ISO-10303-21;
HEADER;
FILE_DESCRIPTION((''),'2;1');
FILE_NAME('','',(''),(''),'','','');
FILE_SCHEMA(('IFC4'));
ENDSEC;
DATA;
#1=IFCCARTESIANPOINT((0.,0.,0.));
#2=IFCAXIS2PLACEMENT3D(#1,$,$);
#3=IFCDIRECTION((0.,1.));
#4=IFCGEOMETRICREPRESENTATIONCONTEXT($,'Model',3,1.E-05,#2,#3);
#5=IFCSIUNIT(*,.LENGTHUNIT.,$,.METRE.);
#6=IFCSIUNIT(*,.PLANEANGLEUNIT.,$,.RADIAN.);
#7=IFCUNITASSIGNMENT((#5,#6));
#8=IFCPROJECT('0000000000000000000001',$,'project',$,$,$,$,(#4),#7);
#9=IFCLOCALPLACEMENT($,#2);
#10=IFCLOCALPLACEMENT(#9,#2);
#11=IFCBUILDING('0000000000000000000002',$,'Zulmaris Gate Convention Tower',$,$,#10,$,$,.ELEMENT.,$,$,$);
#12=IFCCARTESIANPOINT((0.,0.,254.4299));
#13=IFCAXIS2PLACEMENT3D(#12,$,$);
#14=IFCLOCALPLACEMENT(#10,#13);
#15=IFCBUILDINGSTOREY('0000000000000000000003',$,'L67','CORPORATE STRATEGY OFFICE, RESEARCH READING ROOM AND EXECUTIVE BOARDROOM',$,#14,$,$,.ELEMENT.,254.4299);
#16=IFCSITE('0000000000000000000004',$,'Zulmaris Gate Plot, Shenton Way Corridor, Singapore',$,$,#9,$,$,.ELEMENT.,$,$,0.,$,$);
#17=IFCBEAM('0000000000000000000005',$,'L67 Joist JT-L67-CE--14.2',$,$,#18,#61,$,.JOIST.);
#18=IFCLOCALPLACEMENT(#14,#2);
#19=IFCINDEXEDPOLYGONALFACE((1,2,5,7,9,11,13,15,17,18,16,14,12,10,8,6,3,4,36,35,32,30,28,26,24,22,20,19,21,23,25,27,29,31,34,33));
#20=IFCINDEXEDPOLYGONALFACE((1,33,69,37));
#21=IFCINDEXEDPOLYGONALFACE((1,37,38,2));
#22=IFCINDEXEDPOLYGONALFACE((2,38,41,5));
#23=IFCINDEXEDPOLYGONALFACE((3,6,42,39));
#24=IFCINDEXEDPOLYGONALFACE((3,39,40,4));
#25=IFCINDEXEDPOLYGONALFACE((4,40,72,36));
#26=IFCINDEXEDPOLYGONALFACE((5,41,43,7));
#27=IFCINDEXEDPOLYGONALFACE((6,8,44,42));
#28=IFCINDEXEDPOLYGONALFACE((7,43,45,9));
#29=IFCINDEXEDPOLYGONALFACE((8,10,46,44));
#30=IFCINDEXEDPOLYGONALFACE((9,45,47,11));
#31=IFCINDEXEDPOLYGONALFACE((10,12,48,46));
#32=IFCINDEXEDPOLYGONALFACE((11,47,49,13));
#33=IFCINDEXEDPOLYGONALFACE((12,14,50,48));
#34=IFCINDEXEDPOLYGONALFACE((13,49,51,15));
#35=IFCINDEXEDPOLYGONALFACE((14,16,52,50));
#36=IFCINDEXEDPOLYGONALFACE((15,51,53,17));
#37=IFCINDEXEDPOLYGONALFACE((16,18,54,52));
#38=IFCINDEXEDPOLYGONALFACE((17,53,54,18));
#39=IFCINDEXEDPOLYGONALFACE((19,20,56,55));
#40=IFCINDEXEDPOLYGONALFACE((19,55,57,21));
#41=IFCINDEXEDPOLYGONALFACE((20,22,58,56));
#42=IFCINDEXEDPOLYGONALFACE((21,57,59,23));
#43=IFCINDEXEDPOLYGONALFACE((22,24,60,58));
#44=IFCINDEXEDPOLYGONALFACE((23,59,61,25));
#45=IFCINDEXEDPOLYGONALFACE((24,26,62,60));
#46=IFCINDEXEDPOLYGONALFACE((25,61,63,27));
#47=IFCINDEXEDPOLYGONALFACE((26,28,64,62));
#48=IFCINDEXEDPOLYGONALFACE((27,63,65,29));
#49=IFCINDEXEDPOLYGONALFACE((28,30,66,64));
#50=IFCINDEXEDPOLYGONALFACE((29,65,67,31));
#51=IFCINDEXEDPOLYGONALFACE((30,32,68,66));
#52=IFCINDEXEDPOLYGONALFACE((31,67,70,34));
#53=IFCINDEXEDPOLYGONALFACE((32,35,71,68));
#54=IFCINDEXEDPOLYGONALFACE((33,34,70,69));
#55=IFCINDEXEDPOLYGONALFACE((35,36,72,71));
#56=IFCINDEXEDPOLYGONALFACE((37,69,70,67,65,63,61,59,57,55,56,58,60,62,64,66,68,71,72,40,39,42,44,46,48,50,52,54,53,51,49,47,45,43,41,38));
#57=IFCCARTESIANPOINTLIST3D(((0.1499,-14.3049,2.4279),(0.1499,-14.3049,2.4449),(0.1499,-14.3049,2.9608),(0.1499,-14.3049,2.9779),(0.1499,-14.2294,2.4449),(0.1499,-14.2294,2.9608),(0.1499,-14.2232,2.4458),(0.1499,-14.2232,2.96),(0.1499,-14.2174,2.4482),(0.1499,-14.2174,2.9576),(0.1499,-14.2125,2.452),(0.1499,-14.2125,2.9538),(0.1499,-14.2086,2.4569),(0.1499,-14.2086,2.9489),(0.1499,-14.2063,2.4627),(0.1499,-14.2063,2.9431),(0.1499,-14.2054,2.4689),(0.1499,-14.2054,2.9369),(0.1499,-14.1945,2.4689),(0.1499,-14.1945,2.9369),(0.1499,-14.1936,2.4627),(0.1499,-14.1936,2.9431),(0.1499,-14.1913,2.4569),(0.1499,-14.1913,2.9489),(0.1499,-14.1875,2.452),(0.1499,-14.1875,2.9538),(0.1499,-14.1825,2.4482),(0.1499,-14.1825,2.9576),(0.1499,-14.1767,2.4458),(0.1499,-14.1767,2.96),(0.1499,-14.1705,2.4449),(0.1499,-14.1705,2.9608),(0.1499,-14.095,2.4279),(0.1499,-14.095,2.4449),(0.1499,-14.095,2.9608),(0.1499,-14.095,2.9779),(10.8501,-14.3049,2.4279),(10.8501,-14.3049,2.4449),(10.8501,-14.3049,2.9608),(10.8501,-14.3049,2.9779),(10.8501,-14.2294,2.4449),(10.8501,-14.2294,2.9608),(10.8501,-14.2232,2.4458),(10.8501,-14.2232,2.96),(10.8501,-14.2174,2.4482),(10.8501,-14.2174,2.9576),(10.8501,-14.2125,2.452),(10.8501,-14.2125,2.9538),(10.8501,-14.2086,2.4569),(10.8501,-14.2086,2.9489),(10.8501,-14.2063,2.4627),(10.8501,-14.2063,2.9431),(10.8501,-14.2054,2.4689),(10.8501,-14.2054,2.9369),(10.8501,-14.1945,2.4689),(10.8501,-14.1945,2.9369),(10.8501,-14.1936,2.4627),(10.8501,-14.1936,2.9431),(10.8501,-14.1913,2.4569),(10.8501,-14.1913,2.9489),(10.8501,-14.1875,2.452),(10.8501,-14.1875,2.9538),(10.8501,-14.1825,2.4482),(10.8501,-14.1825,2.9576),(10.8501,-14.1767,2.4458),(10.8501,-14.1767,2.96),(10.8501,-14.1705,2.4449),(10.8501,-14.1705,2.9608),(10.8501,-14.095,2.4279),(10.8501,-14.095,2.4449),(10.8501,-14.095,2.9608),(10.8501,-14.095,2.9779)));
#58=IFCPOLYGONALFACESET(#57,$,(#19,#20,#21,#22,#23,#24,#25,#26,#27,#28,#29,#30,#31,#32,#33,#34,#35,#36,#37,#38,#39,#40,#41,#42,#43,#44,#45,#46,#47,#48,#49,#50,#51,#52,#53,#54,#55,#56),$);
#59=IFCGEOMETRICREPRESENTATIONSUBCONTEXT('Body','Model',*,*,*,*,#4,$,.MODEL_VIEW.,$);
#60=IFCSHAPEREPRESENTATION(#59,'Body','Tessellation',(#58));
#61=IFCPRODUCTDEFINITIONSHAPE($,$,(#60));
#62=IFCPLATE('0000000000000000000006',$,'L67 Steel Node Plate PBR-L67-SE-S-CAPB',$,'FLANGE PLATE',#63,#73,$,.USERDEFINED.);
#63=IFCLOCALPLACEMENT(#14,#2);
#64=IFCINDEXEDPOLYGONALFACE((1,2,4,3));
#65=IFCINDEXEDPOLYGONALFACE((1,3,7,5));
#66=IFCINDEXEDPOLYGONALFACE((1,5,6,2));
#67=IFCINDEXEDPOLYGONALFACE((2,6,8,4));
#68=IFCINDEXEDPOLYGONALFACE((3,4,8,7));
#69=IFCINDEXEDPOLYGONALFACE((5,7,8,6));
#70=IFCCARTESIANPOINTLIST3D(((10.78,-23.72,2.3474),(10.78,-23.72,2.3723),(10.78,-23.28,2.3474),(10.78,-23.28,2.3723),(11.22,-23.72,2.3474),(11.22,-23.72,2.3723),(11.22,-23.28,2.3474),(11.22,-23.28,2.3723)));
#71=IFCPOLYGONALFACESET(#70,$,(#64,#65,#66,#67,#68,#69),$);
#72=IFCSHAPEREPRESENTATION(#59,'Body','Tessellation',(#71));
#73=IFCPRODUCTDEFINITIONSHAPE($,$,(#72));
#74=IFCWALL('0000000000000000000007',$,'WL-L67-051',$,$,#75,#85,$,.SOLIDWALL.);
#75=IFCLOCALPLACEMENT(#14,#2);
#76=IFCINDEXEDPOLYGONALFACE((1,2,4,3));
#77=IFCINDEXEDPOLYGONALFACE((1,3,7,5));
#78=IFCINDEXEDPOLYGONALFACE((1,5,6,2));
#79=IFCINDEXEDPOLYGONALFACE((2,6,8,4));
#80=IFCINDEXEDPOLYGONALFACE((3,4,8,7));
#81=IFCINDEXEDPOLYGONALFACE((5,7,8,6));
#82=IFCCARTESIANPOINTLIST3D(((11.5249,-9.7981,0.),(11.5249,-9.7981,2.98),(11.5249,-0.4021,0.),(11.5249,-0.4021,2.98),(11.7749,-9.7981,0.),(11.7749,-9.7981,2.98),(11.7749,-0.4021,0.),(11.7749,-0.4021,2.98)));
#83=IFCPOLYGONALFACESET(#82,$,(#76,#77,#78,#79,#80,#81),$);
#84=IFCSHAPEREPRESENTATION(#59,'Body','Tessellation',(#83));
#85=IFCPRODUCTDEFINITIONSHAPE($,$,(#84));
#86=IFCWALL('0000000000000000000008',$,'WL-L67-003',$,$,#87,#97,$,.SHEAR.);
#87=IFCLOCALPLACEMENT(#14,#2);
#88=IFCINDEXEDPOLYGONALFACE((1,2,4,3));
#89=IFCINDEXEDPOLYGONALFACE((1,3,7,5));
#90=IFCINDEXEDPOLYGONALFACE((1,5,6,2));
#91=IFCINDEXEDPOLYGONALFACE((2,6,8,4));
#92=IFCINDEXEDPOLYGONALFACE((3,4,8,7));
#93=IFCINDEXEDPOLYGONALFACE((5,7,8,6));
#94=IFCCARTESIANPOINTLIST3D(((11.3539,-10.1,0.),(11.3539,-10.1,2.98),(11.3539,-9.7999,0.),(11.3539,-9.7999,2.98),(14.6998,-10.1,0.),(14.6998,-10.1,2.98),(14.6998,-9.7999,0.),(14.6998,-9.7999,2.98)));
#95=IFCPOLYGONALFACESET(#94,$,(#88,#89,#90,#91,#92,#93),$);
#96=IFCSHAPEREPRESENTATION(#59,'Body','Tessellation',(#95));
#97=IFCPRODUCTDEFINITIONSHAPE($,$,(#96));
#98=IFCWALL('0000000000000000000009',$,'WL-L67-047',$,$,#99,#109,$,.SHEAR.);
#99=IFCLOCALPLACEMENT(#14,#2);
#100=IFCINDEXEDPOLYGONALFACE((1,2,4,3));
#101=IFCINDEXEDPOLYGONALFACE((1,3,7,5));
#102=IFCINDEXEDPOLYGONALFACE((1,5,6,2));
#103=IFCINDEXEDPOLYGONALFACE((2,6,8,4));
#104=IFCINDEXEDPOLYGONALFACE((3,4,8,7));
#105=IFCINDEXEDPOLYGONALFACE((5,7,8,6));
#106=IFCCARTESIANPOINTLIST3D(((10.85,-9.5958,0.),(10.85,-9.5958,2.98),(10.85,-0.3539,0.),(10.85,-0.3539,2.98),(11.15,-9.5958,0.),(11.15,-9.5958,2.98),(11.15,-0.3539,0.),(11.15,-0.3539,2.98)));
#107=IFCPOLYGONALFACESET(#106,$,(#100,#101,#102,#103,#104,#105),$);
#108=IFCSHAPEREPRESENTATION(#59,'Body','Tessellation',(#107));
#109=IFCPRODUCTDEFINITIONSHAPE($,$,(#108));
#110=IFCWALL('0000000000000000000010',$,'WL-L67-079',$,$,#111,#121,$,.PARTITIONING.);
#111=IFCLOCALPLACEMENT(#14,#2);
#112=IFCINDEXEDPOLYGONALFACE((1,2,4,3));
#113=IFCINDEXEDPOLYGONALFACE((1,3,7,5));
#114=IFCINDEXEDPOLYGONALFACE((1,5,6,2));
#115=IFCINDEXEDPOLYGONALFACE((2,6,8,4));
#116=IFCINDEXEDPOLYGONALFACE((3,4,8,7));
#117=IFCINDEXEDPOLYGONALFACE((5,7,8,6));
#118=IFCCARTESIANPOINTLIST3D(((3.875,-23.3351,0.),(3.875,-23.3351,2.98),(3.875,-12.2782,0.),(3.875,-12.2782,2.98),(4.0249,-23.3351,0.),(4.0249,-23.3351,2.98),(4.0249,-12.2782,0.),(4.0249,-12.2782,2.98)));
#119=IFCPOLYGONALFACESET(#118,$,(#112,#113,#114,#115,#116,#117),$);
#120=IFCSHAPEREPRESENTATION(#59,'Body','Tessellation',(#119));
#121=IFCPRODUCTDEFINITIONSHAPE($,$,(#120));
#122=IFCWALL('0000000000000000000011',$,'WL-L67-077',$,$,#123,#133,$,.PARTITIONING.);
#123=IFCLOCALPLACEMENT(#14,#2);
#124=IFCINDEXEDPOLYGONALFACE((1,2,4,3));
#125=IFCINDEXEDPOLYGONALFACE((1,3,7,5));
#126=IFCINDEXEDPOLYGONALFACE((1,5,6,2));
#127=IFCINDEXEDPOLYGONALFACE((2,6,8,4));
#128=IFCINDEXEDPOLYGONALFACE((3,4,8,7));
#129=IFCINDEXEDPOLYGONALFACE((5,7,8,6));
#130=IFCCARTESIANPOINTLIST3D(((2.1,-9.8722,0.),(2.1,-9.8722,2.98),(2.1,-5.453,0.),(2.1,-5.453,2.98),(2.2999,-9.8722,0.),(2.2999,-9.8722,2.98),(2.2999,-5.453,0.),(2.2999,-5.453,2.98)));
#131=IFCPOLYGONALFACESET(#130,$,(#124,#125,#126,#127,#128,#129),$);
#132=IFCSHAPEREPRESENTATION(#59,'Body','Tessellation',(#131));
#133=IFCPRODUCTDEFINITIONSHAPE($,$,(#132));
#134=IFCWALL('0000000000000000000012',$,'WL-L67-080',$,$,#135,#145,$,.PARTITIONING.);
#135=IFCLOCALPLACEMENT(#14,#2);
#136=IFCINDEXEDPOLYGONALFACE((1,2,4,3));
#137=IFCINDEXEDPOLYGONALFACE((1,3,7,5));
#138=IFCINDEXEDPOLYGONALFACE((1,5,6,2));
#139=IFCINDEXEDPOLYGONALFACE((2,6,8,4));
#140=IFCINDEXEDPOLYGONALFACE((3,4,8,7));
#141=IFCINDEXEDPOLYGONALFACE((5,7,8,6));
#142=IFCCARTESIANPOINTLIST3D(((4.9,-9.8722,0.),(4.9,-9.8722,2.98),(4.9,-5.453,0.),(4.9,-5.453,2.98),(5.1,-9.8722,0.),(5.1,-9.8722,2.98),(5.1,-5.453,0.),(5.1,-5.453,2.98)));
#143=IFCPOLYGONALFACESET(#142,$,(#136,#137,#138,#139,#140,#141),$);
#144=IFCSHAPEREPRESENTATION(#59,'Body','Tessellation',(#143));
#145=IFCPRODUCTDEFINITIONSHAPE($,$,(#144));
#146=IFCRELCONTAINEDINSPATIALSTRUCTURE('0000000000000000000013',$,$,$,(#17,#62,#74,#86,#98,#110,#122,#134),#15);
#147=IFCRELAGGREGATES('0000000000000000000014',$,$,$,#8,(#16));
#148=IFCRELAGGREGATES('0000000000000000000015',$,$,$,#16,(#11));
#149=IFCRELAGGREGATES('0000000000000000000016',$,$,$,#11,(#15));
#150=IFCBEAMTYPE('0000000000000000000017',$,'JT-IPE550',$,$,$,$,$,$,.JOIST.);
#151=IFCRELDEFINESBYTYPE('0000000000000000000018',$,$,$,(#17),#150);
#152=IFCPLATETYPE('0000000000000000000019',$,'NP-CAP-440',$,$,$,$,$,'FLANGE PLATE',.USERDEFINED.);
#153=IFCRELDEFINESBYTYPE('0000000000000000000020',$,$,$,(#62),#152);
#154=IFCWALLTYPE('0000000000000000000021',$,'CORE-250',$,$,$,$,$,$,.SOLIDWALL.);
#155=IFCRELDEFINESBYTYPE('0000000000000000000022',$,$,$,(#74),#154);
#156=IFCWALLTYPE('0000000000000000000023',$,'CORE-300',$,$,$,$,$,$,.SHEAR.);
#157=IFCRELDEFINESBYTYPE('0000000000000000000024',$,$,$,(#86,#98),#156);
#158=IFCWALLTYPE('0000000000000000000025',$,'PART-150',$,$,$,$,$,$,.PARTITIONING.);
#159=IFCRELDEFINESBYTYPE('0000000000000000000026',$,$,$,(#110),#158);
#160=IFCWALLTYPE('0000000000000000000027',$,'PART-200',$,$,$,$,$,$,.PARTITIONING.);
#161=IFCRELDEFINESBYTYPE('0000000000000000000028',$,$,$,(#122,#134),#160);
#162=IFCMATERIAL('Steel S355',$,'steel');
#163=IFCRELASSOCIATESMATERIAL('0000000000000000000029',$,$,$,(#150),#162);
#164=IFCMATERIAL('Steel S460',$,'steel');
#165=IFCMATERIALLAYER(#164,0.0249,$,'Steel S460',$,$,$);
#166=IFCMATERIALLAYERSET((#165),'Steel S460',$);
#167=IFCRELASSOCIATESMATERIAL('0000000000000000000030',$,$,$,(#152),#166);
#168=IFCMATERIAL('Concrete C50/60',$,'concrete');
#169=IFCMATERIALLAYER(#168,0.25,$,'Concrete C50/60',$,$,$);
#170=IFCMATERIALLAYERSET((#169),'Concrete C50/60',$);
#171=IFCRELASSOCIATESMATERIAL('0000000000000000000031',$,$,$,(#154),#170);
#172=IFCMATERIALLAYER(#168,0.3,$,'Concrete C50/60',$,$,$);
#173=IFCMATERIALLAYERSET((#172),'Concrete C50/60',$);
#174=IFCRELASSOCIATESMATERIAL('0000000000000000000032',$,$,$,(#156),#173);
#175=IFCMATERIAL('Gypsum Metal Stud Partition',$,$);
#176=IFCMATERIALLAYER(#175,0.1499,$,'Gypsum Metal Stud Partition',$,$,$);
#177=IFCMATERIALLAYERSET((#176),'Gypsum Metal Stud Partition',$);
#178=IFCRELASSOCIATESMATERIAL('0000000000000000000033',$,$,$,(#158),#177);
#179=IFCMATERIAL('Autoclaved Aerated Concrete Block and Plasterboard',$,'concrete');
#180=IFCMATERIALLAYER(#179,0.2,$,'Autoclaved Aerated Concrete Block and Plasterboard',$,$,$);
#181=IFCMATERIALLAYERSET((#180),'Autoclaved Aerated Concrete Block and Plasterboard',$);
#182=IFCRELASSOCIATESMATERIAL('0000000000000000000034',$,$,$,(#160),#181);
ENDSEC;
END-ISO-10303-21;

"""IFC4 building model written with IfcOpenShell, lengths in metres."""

from ifc_helpers import new_model, si_unit, direction, frame, frame_2d, origin, origin_2d, place, context, subcontext, project, spatial, rectangle, i_section, extrude, material, layer, layer_set, material_profile, profile_set, type_object, element, save


model = new_model("IFC4")

# Units and contexts
model_context = context("Model", 3, precision=1e-05, world=origin(), true_north=direction((0.0, 1.0)))
body_context = subcontext(model_context, "Body", "Model", "MODEL_VIEW")
ifc_project = project(units=[si_unit("LENGTHUNIT", "METRE"), si_unit("PLANEANGLEUNIT", "RADIAN")], contexts=[model_context])

# Site, building, storey
site_placement = place(None, origin())
site = spatial("IfcSite", under=ifc_project, at=site_placement, Name="Zulmaris Gate Plot, Shenton Way Corridor, Singapore", CompositionType="ELEMENT", RefElevation=0.0)
building_placement = place(site_placement, origin())
building = spatial("IfcBuilding", under=site, at=building_placement, Name="Zulmaris Gate Convention Tower", CompositionType="ELEMENT")
storey_placement = place(building_placement, frame((0.0, 0.0, 254.4299)))
storey = spatial("IfcBuildingStorey", under=building, at=storey_placement, Name="L67", Description="CORPORATE STRATEGY OFFICE, RESEARCH READING ROOM AND EXECUTIVE BOARDROOM", CompositionType="ELEMENT", Elevation=254.4299)

# Shared definitions
ifc_material_1 = material(Name="Concrete C50/60", Category="concrete")

# Beam
ifc_material_2 = material(Name="Steel S355", Category="steel")
ifc_material_profile_1 = material_profile(ifc_material_2, i_section(OverallWidth=0.21, OverallDepth=0.55, WebThickness=0.011, FlangeThickness=0.0171, FilletRadius=0.0239, at=origin_2d()), Name="IPE 550")
ifc_profile_set_1 = profile_set([ifc_material_profile_1], Name="Steel S355")
beam_type_1 = type_object("IfcBeamType", Name="JT-IPE550", PredefinedType="JOIST", material=ifc_profile_set_1)
for number, where, z_axis, x_axis, name in (
    (1, (0.1499, -14.2, 2.7029), (1.0, 0.0, 0.0), (0.0, 1.0, 0.0), "L67 Joist JT-L67-CE--14.2"),
):
    element("IfcBeam", number, at=place(storey_placement, frame(where, z_axis=z_axis, x_axis=x_axis)), inside=storey, type_object=beam_type_1, Name=name, PredefinedType="JOIST", context=body_context, shape_type="SweptSolid", body=[
        extrude(i_section(OverallWidth=0.21, OverallDepth=0.55, WebThickness=0.011, FlangeThickness=0.0171, FilletRadius=0.0239, at=origin_2d()), origin(), (0.0, 0.0, 1.0), 10.7002),
    ])

# Plate
ifc_material_3 = material(Name="Steel S460", Category="steel")
ifc_layer_1 = layer(ifc_material_3, 0.0249, Name="Steel S460")
ifc_layer_set_1 = layer_set([ifc_layer_1], Name="Steel S460")
plate_type = type_object("IfcPlateType", Name="NP-CAP-440", ElementType="FLANGE PLATE", PredefinedType="USERDEFINED", material=ifc_layer_set_1)
plate_placement = place(storey_placement, frame((11.0, -23.5, 2.3474), z_axis=(0.0, 0.0, 1.0), x_axis=(1.0, 0.0, 0.0)))
element("IfcPlate", 2, at=plate_placement, inside=storey, type_object=plate_type, Name="L67 Steel Node Plate PBR-L67-SE-S-CAPB", ObjectType="FLANGE PLATE", PredefinedType="USERDEFINED", context=body_context, shape_type="SweptSolid", body=[
    extrude(rectangle(XDim=0.4399, YDim=0.4399, at=origin_2d()), origin(), (0.0, 0.0, 1.0), 0.0249),
])

# Walls
ifc_layer_2 = layer(ifc_material_1, 0.25, Name="Concrete C50/60")
ifc_layer_set_2 = layer_set([ifc_layer_2], Name="Concrete C50/60")
wall_type_1 = type_object("IfcWallType", Name="CORE-250", PredefinedType="SOLIDWALL", material=ifc_layer_set_2)
wall_1_placement = place(storey_placement, frame((11.6499, -9.7981, 0.0), z_axis=(0.0, 0.0, 1.0), x_axis=(0.0, 1.0, 0.0)))
element("IfcWall", 3, at=wall_1_placement, inside=storey, type_object=wall_type_1, Name="WL-L67-051", PredefinedType="SOLIDWALL", context=body_context, shape_type="SweptSolid", body=[
    extrude(rectangle(XDim=9.396, YDim=0.25, at=frame_2d((4.698, 0.0))), origin(), (0.0, 0.0, 1.0), 2.98),
])
ifc_layer_3 = layer(ifc_material_1, 0.3, Name="Concrete C50/60")
ifc_layer_set_3 = layer_set([ifc_layer_3], Name="Concrete C50/60")
wall_type_2 = type_object("IfcWallType", Name="CORE-300", PredefinedType="SHEAR", material=ifc_layer_set_3)
wall_2_placement = place(storey_placement, frame((11.354, -9.95, 0.0), z_axis=(0.0, 0.0, 1.0), x_axis=(1.0, 0.0, 0.0)))
element("IfcWall", 4, at=wall_2_placement, inside=storey, type_object=wall_type_2, Name="WL-L67-003", PredefinedType="SHEAR", context=body_context, shape_type="SweptSolid", body=[
    extrude(rectangle(XDim=3.3459, YDim=0.3, at=frame_2d((1.6729, 0.0))), origin(), (0.0, 0.0, 1.0), 2.98),
])
wall_3_placement = place(storey_placement, frame((11.0, -9.5959, 0.0), z_axis=(0.0, 0.0, 1.0), x_axis=(0.0, 1.0, 0.0)))
element("IfcWall", 5, at=wall_3_placement, inside=storey, type_object=wall_type_2, Name="WL-L67-047", PredefinedType="SHEAR", context=body_context, shape_type="SweptSolid", body=[
    extrude(rectangle(XDim=9.2419, YDim=0.3, at=frame_2d((4.6211, 0.0))), origin(), (0.0, 0.0, 1.0), 2.98),
])
ifc_material_4 = material(Name="Gypsum Metal Stud Partition")
ifc_layer_4 = layer(ifc_material_4, 0.1499, Name="Gypsum Metal Stud Partition")
ifc_layer_set_4 = layer_set([ifc_layer_4], Name="Gypsum Metal Stud Partition")
wall_type_3 = type_object("IfcWallType", Name="PART-150", PredefinedType="PARTITIONING", material=ifc_layer_set_4)
wall_4_placement = place(storey_placement, frame((3.95, -23.335, 0.0), z_axis=(0.0, 0.0, 1.0), x_axis=(0.0, 1.0, 0.0)))
element("IfcWall", 6, at=wall_4_placement, inside=storey, type_object=wall_type_3, Name="WL-L67-079", PredefinedType="PARTITIONING", context=body_context, shape_type="SweptSolid", body=[
    extrude(rectangle(XDim=11.0569, YDim=0.1499, at=frame_2d((5.5283, 0.0))), origin(), (0.0, 0.0, 1.0), 2.98),
])
ifc_material_5 = material(Name="Autoclaved Aerated Concrete Block and Plasterboard", Category="concrete")
ifc_layer_5 = layer(ifc_material_5, 0.2, Name="Autoclaved Aerated Concrete Block and Plasterboard")
ifc_layer_set_5 = layer_set([ifc_layer_5], Name="Autoclaved Aerated Concrete Block and Plasterboard")
wall_type_4 = type_object("IfcWallType", Name="PART-200", PredefinedType="PARTITIONING", material=ifc_layer_set_5)
for number, where, z_axis, x_axis, name in (
    (7, (2.2, -9.8721, 0.0), (0.0, 0.0, 1.0), (0.0, 1.0, 0.0), "WL-L67-077"),
    (8, (5.0, -9.8721, 0.0), (0.0, 0.0, 1.0), (0.0, 1.0, 0.0), "WL-L67-080"),
):
    element("IfcWall", number, at=place(storey_placement, frame(where, z_axis=z_axis, x_axis=x_axis)), inside=storey, type_object=wall_type_4, Name=name, PredefinedType="PARTITIONING", context=body_context, shape_type="SweptSolid", body=[
        extrude(rectangle(XDim=4.4192, YDim=0.2, at=frame_2d((2.2095, 0.0))), origin(), (0.0, 0.0, 1.0), 2.98),
    ])

save(model, "model.ifc")
